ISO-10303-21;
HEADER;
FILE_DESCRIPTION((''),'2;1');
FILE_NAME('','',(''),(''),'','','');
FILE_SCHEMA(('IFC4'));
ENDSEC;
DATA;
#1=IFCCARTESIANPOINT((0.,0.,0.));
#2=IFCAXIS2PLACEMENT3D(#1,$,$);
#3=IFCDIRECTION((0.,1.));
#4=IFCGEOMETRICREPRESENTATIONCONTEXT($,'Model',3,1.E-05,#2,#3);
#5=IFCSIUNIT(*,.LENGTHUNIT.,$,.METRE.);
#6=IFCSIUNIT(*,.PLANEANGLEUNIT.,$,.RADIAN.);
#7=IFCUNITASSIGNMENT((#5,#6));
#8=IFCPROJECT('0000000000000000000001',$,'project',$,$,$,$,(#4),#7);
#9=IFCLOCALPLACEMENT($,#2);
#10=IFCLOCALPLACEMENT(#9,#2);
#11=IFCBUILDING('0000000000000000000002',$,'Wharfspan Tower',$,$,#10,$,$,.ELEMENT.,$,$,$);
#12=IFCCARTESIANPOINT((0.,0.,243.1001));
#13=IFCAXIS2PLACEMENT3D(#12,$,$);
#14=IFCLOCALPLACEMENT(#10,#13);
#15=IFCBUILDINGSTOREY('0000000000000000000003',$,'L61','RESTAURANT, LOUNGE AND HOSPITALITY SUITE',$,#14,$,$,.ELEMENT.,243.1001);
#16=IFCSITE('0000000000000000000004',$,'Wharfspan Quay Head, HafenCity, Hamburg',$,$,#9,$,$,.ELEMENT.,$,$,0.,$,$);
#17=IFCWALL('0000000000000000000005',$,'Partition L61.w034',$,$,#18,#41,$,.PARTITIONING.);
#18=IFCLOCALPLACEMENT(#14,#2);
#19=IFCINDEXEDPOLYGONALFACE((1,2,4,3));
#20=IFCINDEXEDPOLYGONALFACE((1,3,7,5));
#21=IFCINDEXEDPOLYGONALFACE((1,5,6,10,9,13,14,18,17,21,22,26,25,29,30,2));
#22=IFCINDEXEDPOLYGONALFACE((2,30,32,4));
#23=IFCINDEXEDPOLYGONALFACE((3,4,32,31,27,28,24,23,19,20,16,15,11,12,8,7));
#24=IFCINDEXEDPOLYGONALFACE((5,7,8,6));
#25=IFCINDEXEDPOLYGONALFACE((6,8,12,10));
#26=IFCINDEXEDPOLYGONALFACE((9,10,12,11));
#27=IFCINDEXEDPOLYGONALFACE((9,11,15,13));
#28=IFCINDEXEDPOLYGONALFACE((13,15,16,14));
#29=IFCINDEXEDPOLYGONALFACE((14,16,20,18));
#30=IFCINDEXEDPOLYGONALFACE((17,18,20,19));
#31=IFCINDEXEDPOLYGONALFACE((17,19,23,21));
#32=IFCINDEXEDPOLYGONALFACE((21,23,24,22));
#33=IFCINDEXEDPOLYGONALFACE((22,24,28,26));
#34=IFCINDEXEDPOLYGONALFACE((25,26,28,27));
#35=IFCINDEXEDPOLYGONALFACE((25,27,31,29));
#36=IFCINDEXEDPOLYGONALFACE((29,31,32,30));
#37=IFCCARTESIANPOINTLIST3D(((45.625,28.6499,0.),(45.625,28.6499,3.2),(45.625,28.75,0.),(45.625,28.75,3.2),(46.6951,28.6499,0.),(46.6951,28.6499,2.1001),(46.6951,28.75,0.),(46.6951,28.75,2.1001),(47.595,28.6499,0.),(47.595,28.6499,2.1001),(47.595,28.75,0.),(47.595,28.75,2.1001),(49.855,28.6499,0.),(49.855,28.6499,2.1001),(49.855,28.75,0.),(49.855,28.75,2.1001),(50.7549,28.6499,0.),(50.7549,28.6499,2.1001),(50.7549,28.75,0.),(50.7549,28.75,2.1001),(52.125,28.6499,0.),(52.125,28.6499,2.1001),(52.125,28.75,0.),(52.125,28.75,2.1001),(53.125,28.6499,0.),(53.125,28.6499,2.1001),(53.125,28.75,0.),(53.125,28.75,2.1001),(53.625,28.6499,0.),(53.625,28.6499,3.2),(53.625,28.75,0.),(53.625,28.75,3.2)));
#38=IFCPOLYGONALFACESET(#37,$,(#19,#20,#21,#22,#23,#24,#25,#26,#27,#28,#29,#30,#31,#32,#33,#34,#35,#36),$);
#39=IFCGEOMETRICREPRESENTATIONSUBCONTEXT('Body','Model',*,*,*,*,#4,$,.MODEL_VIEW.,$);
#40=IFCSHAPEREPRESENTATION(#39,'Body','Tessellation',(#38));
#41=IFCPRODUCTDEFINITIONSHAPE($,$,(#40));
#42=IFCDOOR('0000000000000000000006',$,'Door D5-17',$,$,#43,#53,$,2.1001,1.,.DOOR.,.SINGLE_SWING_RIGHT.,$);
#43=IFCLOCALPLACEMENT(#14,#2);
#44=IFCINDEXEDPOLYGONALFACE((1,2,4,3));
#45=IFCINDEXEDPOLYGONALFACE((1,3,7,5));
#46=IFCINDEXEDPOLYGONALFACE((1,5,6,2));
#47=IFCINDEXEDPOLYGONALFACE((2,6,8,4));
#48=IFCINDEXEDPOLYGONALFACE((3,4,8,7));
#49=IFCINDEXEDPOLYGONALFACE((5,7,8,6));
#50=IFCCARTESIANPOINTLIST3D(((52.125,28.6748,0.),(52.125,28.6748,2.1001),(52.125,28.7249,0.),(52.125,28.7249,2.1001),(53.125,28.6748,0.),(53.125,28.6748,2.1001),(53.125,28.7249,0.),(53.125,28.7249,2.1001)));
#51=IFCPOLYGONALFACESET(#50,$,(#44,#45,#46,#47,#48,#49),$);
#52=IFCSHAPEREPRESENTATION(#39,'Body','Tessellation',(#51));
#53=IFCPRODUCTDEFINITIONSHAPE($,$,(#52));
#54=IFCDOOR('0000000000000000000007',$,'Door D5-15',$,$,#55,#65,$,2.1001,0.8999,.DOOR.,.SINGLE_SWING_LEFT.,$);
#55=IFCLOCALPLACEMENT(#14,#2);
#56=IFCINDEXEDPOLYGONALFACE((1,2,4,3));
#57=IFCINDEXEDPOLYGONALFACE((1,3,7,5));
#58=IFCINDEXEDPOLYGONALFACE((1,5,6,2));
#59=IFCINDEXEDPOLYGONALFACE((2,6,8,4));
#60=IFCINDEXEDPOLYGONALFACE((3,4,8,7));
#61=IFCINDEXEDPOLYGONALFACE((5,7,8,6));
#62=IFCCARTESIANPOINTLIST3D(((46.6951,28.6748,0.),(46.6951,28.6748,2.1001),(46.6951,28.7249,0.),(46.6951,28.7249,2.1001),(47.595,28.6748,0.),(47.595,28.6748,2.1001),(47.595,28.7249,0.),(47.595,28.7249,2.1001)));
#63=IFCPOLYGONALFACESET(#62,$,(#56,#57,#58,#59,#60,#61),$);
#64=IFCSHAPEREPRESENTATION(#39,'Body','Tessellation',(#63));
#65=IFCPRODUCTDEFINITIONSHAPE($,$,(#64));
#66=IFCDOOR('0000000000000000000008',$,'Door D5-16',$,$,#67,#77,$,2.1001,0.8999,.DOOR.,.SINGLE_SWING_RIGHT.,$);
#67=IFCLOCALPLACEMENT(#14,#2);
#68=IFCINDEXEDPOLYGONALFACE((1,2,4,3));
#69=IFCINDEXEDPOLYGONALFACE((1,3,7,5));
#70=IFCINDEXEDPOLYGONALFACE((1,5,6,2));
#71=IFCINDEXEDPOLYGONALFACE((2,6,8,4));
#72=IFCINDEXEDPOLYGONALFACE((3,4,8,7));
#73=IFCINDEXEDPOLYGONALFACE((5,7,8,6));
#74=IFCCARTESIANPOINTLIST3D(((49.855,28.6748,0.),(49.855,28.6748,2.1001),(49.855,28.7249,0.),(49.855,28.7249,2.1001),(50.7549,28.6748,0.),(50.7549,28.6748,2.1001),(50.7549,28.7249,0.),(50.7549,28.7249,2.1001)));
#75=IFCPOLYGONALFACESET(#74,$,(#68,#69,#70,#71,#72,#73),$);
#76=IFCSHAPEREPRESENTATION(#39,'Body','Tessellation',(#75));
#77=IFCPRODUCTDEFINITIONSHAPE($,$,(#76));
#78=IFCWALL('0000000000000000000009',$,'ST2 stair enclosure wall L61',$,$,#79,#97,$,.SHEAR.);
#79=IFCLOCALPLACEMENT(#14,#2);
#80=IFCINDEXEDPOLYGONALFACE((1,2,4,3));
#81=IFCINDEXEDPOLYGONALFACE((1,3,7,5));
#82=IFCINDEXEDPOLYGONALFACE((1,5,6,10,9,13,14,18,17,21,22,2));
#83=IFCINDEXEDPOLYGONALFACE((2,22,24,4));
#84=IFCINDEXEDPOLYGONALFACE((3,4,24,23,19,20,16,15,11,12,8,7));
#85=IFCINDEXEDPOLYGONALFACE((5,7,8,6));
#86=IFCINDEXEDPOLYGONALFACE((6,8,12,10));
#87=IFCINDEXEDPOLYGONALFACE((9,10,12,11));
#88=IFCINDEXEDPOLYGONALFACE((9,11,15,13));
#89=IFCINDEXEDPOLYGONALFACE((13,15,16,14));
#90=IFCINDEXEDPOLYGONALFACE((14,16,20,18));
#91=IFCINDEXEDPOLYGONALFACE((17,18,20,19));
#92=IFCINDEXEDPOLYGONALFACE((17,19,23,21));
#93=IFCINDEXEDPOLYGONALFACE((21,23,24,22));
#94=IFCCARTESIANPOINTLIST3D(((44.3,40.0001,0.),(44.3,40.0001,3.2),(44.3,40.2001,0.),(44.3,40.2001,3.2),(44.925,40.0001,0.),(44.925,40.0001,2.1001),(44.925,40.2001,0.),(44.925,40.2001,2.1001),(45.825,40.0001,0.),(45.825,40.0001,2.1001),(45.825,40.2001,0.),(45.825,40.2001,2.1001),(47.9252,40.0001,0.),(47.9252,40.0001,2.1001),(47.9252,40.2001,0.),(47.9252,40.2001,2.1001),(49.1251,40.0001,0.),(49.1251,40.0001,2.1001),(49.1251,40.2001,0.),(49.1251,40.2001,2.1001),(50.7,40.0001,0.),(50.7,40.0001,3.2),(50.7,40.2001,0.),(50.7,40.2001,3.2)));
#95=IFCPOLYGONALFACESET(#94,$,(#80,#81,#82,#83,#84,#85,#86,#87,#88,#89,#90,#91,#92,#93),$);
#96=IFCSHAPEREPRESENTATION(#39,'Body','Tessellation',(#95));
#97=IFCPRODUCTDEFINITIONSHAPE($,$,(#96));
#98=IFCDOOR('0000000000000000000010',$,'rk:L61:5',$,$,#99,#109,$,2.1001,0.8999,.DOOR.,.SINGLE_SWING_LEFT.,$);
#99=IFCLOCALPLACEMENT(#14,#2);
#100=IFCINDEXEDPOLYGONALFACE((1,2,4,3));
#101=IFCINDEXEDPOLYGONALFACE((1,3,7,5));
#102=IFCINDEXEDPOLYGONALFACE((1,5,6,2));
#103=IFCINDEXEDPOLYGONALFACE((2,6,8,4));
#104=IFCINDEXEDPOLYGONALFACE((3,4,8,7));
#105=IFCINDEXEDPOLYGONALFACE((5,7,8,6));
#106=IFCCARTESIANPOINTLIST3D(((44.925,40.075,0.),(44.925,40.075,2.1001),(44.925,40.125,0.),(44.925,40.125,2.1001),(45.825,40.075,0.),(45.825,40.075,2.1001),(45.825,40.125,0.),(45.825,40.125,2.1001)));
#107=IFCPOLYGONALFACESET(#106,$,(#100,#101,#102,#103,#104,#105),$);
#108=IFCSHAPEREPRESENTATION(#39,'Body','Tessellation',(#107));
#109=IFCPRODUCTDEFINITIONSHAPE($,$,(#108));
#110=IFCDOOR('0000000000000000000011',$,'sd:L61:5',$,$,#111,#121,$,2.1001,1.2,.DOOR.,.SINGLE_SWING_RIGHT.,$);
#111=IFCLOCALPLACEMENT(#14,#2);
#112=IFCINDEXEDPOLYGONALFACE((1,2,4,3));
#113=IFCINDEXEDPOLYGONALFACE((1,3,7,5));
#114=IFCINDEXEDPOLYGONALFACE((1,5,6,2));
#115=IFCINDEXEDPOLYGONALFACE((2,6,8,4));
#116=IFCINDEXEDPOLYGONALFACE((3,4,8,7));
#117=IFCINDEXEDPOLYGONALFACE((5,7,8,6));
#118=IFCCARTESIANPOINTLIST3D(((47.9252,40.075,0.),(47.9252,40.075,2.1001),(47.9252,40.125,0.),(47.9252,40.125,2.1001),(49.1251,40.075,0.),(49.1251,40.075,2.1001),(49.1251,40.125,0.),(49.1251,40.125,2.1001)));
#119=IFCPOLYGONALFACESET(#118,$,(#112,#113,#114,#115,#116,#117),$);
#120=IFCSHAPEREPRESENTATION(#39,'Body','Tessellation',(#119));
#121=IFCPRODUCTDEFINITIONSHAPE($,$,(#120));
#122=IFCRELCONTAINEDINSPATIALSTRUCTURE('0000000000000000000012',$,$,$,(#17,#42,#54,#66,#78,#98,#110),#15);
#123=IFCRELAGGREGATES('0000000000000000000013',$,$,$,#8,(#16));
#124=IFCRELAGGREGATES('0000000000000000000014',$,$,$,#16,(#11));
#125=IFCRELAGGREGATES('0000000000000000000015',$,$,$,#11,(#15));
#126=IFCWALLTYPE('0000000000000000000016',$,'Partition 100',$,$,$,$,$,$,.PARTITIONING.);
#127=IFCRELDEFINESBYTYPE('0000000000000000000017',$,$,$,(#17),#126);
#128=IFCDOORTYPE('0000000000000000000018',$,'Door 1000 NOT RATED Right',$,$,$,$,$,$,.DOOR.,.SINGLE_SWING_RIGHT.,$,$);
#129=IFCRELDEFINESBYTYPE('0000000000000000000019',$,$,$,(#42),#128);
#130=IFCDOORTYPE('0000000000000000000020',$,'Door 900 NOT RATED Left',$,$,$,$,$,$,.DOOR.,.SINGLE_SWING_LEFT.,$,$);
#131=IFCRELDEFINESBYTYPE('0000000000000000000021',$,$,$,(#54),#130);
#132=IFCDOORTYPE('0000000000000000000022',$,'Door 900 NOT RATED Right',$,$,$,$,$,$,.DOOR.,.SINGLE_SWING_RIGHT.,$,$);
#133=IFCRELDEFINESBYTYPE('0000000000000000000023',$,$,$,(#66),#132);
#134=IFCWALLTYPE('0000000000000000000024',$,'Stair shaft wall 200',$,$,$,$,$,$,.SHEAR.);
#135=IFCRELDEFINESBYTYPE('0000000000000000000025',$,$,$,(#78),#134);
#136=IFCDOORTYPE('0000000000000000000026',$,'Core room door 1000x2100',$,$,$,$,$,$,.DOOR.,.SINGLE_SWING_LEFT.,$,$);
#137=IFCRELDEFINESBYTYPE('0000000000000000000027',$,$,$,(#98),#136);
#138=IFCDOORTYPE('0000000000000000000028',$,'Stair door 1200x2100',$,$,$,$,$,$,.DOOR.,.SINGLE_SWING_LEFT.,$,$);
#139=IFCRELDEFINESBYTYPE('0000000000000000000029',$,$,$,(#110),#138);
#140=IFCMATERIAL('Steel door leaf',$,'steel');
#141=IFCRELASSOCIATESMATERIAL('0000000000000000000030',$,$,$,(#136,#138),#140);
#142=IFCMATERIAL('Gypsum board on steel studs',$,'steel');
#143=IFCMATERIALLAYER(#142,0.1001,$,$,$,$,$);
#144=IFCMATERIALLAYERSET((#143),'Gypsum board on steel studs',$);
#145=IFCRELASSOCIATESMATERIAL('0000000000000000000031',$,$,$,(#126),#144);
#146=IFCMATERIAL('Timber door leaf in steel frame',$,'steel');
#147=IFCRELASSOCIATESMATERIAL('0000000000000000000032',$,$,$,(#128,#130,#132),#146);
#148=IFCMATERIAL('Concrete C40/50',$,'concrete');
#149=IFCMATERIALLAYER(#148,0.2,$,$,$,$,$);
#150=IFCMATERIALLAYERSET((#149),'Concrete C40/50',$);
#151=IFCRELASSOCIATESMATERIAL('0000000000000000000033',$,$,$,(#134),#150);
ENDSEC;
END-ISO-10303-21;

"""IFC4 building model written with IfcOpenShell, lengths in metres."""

from ifc_helpers import new_model, si_unit, direction, frame, frame_2d, origin, place, context, subcontext, project, spatial, rectangle, extrude, material, layer, layer_set, type_object, element, fill, save


model = new_model("IFC4")

# Units and contexts
model_context = context("Model", 3, precision=1e-05, world=origin(), true_north=direction((0.0, 1.0)))
body_context = subcontext(model_context, "Body", "Model", "MODEL_VIEW")
ifc_project = project(units=[si_unit("LENGTHUNIT", "METRE"), si_unit("PLANEANGLEUNIT", "RADIAN")], contexts=[model_context])

# Site, building, storey
site_placement = place(None, origin())
site = spatial("IfcSite", under=ifc_project, at=site_placement, Name="Wharfspan Quay Head, HafenCity, Hamburg", CompositionType="ELEMENT", RefElevation=0.0)
building_placement = place(site_placement, origin())
building = spatial("IfcBuilding", under=site, at=building_placement, Name="Wharfspan Tower", CompositionType="ELEMENT")
storey_placement = place(building_placement, frame((0.0, 0.0, 243.1001)))
storey = spatial("IfcBuildingStorey", under=building, at=storey_placement, Name="L61", Description="RESTAURANT, LOUNGE AND HOSPITALITY SUITE", CompositionType="ELEMENT", Elevation=243.1001)

# Shared definitions
ifc_material_1 = material(Name="Gypsum board on steel studs", Category="steel")

# Shared definitions
ifc_material_2 = material(Name="Steel door leaf", Category="steel")
door_type_1 = type_object("IfcDoorType", Name="Core room door 1000x2100", OperationType="SINGLE_SWING_LEFT", PredefinedType="DOOR", material=ifc_material_2)

# Walls, openings, doors
ifc_layer_1 = layer(ifc_material_1, 0.1001)
ifc_layer_set_1 = layer_set([ifc_layer_1], Name="Gypsum board on steel studs")
wall_type_1 = type_object("IfcWallType", Name="Partition 100", PredefinedType="PARTITIONING", material=ifc_layer_set_1)
wall_1_placement = place(storey_placement, frame((45.625, 28.7, 0.0), z_axis=(0.0, 0.0, 1.0), x_axis=(1.0, 0.0, 0.0)))
wall_1 = element("IfcWall", 1, at=wall_1_placement, inside=storey, type_object=wall_type_1, Name="Partition L61.w034", PredefinedType="PARTITIONING", context=body_context, shape_type="SweptSolid", body=[
    extrude(rectangle(XDim=8.0, YDim=0.1001, at=frame_2d((4.0, 0.0))), origin(), (0.0, 0.0, 1.0), 3.2),
])
opening_1_placement = place(wall_1_placement, frame((1.0701, 0.0, 0.0)))
opening_1 = element("IfcOpeningElement", 2, at=opening_1_placement, cuts=wall_1, PredefinedType="OPENING", context=body_context, shape_type="SweptSolid", body=[
    extrude(rectangle(XDim=0.8999, YDim=2.1001, at=frame_2d((0.45, 1.05))), frame((0.0, 0.0601, 0.0), z_axis=(0.0, -1.0, 0.0), x_axis=(1.0, 0.0, 0.0)), (0.0, 0.0, 1.0), 0.1201),
])
opening_2_placement = place(wall_1_placement, frame((4.23, 0.0, 0.0)))
opening_2 = element("IfcOpeningElement", 3, at=opening_2_placement, cuts=wall_1, PredefinedType="OPENING", context=body_context, shape_type="SweptSolid", body=[
    extrude(rectangle(XDim=0.8999, YDim=2.1001, at=frame_2d((0.45, 1.05))), frame((0.0, 0.0601, 0.0), z_axis=(0.0, -1.0, 0.0), x_axis=(1.0, 0.0, 0.0)), (0.0, 0.0, 1.0), 0.1201),
])
opening_3_placement = place(wall_1_placement, frame((6.5, 0.0, 0.0)))
opening_3 = element("IfcOpeningElement", 4, at=opening_3_placement, cuts=wall_1, PredefinedType="OPENING", context=body_context, shape_type="SweptSolid", body=[
    extrude(rectangle(XDim=1.0, YDim=2.1001, at=frame_2d((0.5, 1.05))), frame((0.0, 0.0601, 0.0), z_axis=(0.0, -1.0, 0.0), x_axis=(1.0, 0.0, 0.0)), (0.0, 0.0, 1.0), 0.1201),
])
ifc_material_3 = material(Name="Timber door leaf in steel frame", Category="steel")
door_type_2 = type_object("IfcDoorType", Name="Door 1000 NOT RATED Right", OperationType="SINGLE_SWING_RIGHT", PredefinedType="DOOR", material=ifc_material_3)
door_1_placement = place(opening_3_placement, origin())
door_1 = element("IfcDoor", 5, at=door_1_placement, inside=storey, type_object=door_type_2, Name="Door D5-17", OperationType="SINGLE_SWING_RIGHT", OverallHeight=2.1001, OverallWidth=1.0, PredefinedType="DOOR", context=body_context, shape_type="SweptSolid", body=[
    extrude(rectangle(XDim=1.0, YDim=2.1001, at=frame_2d((0.5, 1.05))), frame((0.0, 0.0249, 0.0), z_axis=(0.0, -1.0, 0.0), x_axis=(1.0, 0.0, 0.0)), (0.0, 0.0, 1.0), 0.05),
])
fill(opening_3, door_1)
door_type_3 = type_object("IfcDoorType", Name="Door 900 NOT RATED Left", OperationType="SINGLE_SWING_LEFT", PredefinedType="DOOR", material=ifc_material_3)
door_2_placement = place(opening_1_placement, origin())
door_2 = element("IfcDoor", 6, at=door_2_placement, inside=storey, type_object=door_type_3, Name="Door D5-15", OperationType="SINGLE_SWING_LEFT", OverallHeight=2.1001, OverallWidth=0.8999, PredefinedType="DOOR", context=body_context, shape_type="SweptSolid", body=[
    extrude(rectangle(XDim=0.8999, YDim=2.1001, at=frame_2d((0.45, 1.05))), frame((0.0, 0.0249, 0.0), z_axis=(0.0, -1.0, 0.0), x_axis=(1.0, 0.0, 0.0)), (0.0, 0.0, 1.0), 0.05),
])
fill(opening_1, door_2)
door_type_4 = type_object("IfcDoorType", Name="Door 900 NOT RATED Right", OperationType="SINGLE_SWING_RIGHT", PredefinedType="DOOR", material=ifc_material_3)
door_3_placement = place(opening_2_placement, origin())
door_3 = element("IfcDoor", 7, at=door_3_placement, inside=storey, type_object=door_type_4, Name="Door D5-16", OperationType="SINGLE_SWING_RIGHT", OverallHeight=2.1001, OverallWidth=0.8999, PredefinedType="DOOR", context=body_context, shape_type="SweptSolid", body=[
    extrude(rectangle(XDim=0.8999, YDim=2.1001, at=frame_2d((0.45, 1.05))), frame((0.0, 0.0249, 0.0), z_axis=(0.0, -1.0, 0.0), x_axis=(1.0, 0.0, 0.0)), (0.0, 0.0, 1.0), 0.05),
])
fill(opening_2, door_3)
ifc_material_4 = material(Name="Concrete C40/50", Category="concrete")
ifc_layer_2 = layer(ifc_material_4, 0.2)
ifc_layer_set_2 = layer_set([ifc_layer_2], Name="Concrete C40/50")
wall_type_2 = type_object("IfcWallType", Name="Stair shaft wall 200", PredefinedType="SHEAR", material=ifc_layer_set_2)
wall_2_placement = place(storey_placement, frame((44.3, 40.1001, 0.0), z_axis=(0.0, 0.0, 1.0), x_axis=(1.0, 0.0, 0.0)))
wall_2 = element("IfcWall", 8, at=wall_2_placement, inside=storey, type_object=wall_type_2, Name="ST2 stair enclosure wall L61", PredefinedType="SHEAR", context=body_context, shape_type="SweptSolid", body=[
    extrude(rectangle(XDim=6.3999, YDim=0.2, at=frame_2d((3.2, 0.0))), origin(), (0.0, 0.0, 1.0), 3.2),
])
opening_4_placement = place(wall_2_placement, frame((3.625, 0.0, 0.0)))
opening_4 = element("IfcOpeningElement", 9, at=opening_4_placement, cuts=wall_2, PredefinedType="OPENING", context=body_context, shape_type="SweptSolid", body=[
    extrude(rectangle(XDim=1.2, YDim=2.1001, at=frame_2d((0.6001, 1.05))), frame((0.0, 0.1099, 0.0), z_axis=(0.0, -1.0, 0.0), x_axis=(1.0, 0.0, 0.0)), (0.0, 0.0, 1.0), 0.22),
])
opening_5_placement = place(wall_2_placement, frame((0.625, 0.0, 0.0)))
opening_5 = element("IfcOpeningElement", 10, at=opening_5_placement, cuts=wall_2, PredefinedType="OPENING", context=body_context, shape_type="SweptSolid", body=[
    extrude(rectangle(XDim=0.8999, YDim=2.1001, at=frame_2d((0.45, 1.05))), frame((0.0, 0.1099, 0.0), z_axis=(0.0, -1.0, 0.0), x_axis=(1.0, 0.0, 0.0)), (0.0, 0.0, 1.0), 0.22),
])
door_4_placement = place(opening_5_placement, origin())
door_4 = element("IfcDoor", 11, at=door_4_placement, inside=storey, type_object=door_type_1, Name="rk:L61:5", OperationType="SINGLE_SWING_LEFT", OverallHeight=2.1001, OverallWidth=0.8999, PredefinedType="DOOR", context=body_context, shape_type="SweptSolid", body=[
    extrude(rectangle(XDim=0.8999, YDim=2.1001, at=frame_2d((0.45, 1.05))), frame((0.0, 0.0249, 0.0), z_axis=(0.0, -1.0, 0.0), x_axis=(1.0, 0.0, 0.0)), (0.0, 0.0, 1.0), 0.05),
])
fill(opening_5, door_4)
door_type_5 = type_object("IfcDoorType", Name="Stair door 1200x2100", OperationType="SINGLE_SWING_LEFT", PredefinedType="DOOR", material=ifc_material_2)
door_5_placement = place(opening_4_placement, origin())
door_5 = element("IfcDoor", 12, at=door_5_placement, inside=storey, type_object=door_type_5, Name="sd:L61:5", OperationType="SINGLE_SWING_RIGHT", OverallHeight=2.1001, OverallWidth=1.2, PredefinedType="DOOR", context=body_context, shape_type="SweptSolid", body=[
    extrude(rectangle(XDim=1.2, YDim=2.1001, at=frame_2d((0.6001, 1.05))), frame((0.0, 0.0249, 0.0), z_axis=(0.0, -1.0, 0.0), x_axis=(1.0, 0.0, 0.0)), (0.0, 0.0, 1.0), 0.05),
])
fill(opening_4, door_5)

save(model, "model.ifc")
